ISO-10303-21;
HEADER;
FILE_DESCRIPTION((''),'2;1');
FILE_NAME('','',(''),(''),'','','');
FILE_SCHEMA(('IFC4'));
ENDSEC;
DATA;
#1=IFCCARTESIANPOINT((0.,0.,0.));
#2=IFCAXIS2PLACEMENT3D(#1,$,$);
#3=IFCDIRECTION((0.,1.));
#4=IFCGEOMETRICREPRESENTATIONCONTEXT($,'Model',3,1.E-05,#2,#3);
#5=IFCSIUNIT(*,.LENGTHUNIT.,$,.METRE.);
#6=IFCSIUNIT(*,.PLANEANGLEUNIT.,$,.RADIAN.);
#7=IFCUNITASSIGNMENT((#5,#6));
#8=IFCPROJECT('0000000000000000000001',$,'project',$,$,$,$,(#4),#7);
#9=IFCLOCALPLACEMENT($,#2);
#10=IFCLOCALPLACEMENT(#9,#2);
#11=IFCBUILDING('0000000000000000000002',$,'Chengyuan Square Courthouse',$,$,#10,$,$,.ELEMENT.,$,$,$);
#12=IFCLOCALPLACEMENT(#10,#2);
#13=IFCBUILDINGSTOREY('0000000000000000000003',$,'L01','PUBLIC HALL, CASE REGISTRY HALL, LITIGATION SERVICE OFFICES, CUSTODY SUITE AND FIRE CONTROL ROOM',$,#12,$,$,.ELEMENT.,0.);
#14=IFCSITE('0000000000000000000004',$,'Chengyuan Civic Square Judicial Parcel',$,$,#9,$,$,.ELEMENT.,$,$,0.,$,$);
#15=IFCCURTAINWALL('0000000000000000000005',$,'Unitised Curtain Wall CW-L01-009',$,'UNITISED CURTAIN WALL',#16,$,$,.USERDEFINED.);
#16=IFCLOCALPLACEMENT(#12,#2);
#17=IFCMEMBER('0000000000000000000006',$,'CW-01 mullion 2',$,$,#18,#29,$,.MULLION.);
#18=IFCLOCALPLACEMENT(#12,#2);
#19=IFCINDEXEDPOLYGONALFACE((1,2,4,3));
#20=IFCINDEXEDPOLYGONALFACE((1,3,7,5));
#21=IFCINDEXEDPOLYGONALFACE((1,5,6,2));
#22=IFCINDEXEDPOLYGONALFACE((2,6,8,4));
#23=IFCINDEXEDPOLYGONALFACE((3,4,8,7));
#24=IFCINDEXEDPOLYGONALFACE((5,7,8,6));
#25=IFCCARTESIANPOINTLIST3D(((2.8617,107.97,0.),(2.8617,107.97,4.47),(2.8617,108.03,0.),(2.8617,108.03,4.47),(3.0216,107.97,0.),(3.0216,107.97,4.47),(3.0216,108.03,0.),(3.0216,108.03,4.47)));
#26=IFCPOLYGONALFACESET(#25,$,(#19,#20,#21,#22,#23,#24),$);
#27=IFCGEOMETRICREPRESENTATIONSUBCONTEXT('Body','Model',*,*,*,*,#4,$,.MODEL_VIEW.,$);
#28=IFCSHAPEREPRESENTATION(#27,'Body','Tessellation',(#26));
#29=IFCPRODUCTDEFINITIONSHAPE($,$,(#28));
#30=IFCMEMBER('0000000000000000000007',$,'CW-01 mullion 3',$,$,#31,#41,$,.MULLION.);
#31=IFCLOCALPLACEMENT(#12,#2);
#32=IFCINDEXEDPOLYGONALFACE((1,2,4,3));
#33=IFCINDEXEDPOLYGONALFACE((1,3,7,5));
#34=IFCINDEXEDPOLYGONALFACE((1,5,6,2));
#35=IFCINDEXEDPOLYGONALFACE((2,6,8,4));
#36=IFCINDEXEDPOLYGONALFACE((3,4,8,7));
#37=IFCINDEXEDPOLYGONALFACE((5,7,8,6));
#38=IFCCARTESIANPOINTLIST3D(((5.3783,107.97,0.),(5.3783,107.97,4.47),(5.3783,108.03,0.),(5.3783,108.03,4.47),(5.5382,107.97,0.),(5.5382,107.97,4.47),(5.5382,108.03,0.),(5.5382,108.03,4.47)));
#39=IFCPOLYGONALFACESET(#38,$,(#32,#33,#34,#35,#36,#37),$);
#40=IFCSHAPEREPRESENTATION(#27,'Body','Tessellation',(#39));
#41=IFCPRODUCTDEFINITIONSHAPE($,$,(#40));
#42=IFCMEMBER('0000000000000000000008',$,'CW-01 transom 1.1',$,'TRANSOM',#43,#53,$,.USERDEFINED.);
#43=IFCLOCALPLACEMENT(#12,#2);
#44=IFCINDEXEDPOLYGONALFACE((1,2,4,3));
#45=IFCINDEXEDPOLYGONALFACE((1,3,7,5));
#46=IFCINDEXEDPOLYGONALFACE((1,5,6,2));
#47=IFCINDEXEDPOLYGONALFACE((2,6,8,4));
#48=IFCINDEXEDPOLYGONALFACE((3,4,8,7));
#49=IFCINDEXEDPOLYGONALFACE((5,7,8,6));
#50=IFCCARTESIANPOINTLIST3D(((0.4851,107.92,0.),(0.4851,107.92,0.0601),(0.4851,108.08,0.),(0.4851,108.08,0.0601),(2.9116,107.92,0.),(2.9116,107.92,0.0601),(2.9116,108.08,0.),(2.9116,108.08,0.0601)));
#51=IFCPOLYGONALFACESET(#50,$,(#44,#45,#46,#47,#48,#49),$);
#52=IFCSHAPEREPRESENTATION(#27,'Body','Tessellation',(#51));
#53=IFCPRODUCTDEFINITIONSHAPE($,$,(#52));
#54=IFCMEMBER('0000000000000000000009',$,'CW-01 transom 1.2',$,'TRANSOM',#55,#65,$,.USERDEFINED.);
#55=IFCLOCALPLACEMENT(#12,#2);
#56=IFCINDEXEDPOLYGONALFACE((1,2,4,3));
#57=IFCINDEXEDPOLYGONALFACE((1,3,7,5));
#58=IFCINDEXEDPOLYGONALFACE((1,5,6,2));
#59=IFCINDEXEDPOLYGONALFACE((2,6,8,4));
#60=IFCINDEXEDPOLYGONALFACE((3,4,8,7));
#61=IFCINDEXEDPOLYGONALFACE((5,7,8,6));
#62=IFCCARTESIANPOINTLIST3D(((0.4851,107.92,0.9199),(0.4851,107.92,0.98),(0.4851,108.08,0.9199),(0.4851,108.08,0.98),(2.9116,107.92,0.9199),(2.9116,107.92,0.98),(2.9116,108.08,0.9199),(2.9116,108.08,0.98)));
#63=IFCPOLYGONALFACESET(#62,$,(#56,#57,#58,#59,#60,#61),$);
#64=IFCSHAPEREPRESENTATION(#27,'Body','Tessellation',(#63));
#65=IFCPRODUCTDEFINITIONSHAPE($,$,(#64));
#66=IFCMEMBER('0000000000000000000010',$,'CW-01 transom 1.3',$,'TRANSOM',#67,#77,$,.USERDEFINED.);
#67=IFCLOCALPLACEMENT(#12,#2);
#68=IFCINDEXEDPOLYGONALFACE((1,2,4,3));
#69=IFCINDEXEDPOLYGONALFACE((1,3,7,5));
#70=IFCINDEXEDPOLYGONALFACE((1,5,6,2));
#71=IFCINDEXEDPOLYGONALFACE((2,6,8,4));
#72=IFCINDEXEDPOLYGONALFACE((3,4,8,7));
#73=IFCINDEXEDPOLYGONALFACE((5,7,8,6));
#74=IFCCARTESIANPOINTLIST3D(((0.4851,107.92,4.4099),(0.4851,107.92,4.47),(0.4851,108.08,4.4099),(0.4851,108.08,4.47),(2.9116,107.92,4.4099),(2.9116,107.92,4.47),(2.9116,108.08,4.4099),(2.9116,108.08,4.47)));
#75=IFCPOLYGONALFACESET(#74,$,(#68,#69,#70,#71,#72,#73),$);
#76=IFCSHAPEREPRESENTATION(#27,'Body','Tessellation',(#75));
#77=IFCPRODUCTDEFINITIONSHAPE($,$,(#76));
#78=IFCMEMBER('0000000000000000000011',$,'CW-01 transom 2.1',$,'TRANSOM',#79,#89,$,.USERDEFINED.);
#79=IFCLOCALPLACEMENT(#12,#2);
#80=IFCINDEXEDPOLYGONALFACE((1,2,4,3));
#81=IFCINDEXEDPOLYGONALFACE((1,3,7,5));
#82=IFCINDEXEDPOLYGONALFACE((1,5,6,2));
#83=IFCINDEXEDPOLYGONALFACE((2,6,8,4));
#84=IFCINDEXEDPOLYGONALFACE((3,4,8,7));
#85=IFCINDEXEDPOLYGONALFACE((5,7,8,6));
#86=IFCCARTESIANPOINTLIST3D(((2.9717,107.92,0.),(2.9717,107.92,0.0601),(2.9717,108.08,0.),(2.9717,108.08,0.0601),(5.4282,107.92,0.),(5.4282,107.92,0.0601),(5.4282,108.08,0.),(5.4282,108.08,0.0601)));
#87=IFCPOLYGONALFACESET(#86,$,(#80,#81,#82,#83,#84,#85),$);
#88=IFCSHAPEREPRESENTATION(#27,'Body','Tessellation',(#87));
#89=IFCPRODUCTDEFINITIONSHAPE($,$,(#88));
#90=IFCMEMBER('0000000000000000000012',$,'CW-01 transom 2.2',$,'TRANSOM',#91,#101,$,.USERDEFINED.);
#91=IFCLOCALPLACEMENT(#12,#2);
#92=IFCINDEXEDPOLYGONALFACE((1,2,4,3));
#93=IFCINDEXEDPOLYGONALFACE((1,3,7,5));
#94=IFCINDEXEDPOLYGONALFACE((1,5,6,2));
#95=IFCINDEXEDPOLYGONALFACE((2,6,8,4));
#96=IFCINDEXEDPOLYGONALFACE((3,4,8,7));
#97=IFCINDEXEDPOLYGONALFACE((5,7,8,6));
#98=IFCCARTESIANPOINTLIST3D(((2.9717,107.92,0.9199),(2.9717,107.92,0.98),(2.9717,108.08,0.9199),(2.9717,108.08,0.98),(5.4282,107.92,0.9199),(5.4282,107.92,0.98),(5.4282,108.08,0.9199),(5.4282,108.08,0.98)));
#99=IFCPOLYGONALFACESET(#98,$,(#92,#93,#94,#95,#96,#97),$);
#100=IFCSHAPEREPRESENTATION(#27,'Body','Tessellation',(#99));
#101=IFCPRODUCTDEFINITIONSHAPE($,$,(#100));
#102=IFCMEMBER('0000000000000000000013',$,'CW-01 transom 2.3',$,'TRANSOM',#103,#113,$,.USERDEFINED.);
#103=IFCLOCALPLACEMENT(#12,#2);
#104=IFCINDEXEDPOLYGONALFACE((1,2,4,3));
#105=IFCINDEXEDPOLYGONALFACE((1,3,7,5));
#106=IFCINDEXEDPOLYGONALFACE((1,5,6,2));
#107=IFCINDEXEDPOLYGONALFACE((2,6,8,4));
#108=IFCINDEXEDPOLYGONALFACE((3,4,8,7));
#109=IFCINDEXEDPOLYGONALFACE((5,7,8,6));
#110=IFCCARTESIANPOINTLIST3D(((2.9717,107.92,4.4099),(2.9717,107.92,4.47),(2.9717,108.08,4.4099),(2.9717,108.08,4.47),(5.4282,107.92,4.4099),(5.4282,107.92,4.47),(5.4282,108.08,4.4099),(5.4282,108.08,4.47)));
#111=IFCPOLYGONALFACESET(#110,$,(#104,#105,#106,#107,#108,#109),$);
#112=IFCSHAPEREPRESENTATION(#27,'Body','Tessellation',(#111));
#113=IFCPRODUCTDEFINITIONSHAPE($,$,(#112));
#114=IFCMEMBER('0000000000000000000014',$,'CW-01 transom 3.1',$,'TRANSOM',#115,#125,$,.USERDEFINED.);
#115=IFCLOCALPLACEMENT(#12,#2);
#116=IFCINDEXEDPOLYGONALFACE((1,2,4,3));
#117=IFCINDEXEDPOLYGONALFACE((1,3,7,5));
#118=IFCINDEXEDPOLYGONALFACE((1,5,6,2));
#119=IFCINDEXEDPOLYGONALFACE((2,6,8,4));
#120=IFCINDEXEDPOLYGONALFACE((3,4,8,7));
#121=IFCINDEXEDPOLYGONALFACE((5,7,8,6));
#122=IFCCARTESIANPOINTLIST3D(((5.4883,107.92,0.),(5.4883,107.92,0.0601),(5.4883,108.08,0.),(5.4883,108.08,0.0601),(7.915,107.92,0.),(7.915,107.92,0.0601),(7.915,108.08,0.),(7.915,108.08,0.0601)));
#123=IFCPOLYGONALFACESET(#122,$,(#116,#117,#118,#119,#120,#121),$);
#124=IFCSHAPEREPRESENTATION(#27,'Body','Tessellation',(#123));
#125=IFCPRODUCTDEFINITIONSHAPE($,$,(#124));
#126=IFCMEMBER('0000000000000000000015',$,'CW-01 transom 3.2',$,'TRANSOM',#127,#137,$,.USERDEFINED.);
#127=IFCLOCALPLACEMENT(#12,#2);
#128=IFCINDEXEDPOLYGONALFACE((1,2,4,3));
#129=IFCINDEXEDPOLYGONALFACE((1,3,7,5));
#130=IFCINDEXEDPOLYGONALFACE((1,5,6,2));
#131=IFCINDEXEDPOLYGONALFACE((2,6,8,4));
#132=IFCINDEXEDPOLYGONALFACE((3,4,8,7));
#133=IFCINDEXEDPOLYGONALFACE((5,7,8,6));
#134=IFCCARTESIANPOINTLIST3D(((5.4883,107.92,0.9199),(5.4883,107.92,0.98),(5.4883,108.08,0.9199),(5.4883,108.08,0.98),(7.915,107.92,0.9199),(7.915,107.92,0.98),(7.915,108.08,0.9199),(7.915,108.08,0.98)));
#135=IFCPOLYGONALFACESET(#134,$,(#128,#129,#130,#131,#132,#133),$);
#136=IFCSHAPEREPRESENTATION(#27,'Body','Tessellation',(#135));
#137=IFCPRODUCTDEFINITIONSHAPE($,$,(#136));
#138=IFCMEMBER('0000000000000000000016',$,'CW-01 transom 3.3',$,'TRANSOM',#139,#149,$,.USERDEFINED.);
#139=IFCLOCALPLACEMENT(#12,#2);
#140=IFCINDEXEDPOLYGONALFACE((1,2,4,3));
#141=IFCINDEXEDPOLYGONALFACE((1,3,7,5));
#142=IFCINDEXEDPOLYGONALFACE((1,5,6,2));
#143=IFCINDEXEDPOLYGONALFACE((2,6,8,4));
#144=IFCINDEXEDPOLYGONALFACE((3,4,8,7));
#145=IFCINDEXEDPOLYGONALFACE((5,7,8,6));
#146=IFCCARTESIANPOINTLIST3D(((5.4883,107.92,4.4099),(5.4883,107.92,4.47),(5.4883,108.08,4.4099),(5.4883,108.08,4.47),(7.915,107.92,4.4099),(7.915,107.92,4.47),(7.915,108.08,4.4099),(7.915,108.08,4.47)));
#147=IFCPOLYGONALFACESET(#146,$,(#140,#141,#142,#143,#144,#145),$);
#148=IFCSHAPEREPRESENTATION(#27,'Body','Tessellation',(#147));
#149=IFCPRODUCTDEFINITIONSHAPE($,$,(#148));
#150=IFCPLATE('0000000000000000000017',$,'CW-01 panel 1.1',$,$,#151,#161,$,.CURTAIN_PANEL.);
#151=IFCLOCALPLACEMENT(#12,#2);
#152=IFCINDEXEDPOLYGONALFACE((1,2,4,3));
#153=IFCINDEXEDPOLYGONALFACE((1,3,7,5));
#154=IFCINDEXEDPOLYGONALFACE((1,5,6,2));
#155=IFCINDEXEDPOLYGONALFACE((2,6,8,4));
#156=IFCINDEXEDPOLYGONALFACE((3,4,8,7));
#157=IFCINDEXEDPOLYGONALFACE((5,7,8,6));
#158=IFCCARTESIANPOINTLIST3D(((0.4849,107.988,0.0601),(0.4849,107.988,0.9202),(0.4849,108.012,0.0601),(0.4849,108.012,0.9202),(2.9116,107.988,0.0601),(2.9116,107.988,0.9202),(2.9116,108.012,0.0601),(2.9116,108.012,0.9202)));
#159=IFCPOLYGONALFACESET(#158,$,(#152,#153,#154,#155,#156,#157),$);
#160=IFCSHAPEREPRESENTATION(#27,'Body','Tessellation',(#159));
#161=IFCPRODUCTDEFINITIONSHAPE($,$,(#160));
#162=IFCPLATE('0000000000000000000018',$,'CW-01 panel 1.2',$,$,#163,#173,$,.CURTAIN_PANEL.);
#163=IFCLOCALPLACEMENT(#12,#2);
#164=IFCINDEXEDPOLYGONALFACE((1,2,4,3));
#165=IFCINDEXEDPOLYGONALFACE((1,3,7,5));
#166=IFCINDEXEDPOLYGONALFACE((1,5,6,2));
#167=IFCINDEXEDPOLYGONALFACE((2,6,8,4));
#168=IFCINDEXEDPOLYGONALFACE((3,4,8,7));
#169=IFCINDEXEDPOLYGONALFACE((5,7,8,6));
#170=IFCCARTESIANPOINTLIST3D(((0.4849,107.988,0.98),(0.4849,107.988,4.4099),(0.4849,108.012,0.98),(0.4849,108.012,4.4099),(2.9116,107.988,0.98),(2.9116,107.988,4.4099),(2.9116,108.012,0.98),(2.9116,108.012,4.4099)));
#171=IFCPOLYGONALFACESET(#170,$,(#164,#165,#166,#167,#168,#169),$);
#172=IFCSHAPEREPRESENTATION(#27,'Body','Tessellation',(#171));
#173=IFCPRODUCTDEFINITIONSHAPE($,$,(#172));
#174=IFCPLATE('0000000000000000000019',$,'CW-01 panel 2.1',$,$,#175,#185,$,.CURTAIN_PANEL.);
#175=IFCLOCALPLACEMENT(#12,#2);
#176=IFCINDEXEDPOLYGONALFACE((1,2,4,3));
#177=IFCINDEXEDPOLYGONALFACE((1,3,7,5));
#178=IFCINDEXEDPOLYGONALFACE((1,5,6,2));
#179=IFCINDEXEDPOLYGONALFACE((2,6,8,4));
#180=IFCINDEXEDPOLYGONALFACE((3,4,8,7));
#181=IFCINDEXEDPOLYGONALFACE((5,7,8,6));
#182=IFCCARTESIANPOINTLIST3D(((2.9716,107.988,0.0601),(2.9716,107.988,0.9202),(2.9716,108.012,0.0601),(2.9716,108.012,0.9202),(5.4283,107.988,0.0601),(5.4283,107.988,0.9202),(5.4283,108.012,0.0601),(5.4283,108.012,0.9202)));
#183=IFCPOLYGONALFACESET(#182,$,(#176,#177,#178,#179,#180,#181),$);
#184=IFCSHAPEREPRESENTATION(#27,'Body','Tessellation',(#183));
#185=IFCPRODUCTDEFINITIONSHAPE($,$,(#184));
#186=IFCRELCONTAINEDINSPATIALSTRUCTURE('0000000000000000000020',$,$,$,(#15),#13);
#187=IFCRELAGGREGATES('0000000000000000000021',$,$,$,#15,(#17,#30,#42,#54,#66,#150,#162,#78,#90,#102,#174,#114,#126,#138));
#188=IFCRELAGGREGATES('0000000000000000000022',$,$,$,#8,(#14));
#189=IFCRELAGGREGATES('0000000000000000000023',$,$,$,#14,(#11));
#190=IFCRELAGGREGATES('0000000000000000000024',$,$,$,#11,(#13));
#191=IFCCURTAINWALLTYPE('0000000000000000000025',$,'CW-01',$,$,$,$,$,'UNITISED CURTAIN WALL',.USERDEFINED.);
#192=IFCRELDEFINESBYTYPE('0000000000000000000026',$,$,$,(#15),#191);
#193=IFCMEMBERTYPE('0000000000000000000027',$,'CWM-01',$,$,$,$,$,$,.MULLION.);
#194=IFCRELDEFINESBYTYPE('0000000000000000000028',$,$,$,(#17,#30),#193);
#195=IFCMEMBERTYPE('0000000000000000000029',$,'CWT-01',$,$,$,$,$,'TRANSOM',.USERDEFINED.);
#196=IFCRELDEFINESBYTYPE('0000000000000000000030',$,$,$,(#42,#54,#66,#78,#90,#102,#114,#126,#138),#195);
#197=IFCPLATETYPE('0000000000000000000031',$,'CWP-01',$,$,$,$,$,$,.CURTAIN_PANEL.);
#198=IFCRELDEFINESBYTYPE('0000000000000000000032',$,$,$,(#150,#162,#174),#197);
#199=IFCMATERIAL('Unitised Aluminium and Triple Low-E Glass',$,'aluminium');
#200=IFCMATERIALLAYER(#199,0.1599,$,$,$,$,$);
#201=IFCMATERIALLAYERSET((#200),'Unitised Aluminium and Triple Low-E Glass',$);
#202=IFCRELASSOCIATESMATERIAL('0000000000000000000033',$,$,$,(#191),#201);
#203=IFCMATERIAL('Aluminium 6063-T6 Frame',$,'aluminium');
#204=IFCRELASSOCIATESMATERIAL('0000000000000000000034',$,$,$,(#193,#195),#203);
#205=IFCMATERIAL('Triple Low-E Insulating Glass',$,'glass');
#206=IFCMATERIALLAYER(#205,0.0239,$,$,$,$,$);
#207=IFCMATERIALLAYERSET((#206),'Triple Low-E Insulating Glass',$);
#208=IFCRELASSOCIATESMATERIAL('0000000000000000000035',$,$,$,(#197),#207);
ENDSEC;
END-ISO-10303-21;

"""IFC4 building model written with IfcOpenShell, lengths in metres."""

from ifc_helpers import new_model, si_unit, direction, frame, origin, origin_2d, place, context, subcontext, project, spatial, rectangle, extrude, material, layer, layer_set, material_profile, profile_set, type_object, element, aggregate, save


model = new_model("IFC4")

# Units and contexts
model_context = context("Model", 3, precision=1e-05, world=origin(), true_north=direction((0.0, 1.0)))
body_context = subcontext(model_context, "Body", "Model", "MODEL_VIEW")
ifc_project = project(units=[si_unit("LENGTHUNIT", "METRE"), si_unit("PLANEANGLEUNIT", "RADIAN")], contexts=[model_context])

# Site, building, storey
site_placement = place(None, origin())
site = spatial("IfcSite", under=ifc_project, at=site_placement, Name="Chengyuan Civic Square Judicial Parcel", CompositionType="ELEMENT", RefElevation=0.0)
building_placement = place(site_placement, origin())
building = spatial("IfcBuilding", under=site, at=building_placement, Name="Chengyuan Square Courthouse", CompositionType="ELEMENT")
storey_placement = place(building_placement, origin())
storey = spatial("IfcBuildingStorey", under=building, at=storey_placement, Name="L01", Description="PUBLIC HALL, CASE REGISTRY HALL, LITIGATION SERVICE OFFICES, CUSTODY SUITE AND FIRE CONTROL ROOM", CompositionType="ELEMENT", Elevation=0.0)

# Curtain wall, members, plates
ifc_material_1 = material(Name="Unitised Aluminium and Triple Low-E Glass", Category="aluminium")
ifc_layer_1 = layer(ifc_material_1, 0.1599)
ifc_layer_set_1 = layer_set([ifc_layer_1], Name="Unitised Aluminium and Triple Low-E Glass")
curtain_wall_type = type_object("IfcCurtainWallType", Name="CW-01", ElementType="UNITISED CURTAIN WALL", PredefinedType="USERDEFINED", material=ifc_layer_set_1)
curtain_wall_placement = place(storey_placement, origin())
curtain_wall = element("IfcCurtainWall", 1, at=curtain_wall_placement, inside=storey, type_object=curtain_wall_type, Name="Unitised Curtain Wall CW-L01-009", ObjectType="UNITISED CURTAIN WALL", PredefinedType="USERDEFINED")
ifc_material_2 = material(Name="Aluminium 6063-T6 Frame", Category="aluminium")
ifc_material_profile_1 = material_profile(ifc_material_2, rectangle(XDim=0.0601, YDim=0.1599, at=origin_2d()), Name="CW-MUL-60x160")
ifc_profile_set_1 = profile_set([ifc_material_profile_1], Name="Aluminium 6063-T6 Frame")
member_type_1 = type_object("IfcMemberType", Name="CWM-01", PredefinedType="MULLION", material=ifc_profile_set_1)
member_1_placement = place(storey_placement, frame((2.9417, 108.0, 0.0), z_axis=(0.0, 0.0, 1.0), x_axis=(0.0, 1.0, 0.0)))
member_1 = element("IfcMember", 2, at=member_1_placement, type_object=member_type_1, Name="CW-01 mullion 2", PredefinedType="MULLION", context=body_context, shape_type="SweptSolid", body=[
    extrude(rectangle(XDim=0.0601, YDim=0.1599, at=origin_2d()), origin(), (0.0, 0.0, 1.0), 4.47),
])
member_2_placement = place(storey_placement, frame((5.4583, 108.0, 0.0), z_axis=(0.0, 0.0, 1.0), x_axis=(0.0, 1.0, 0.0)))
member_2 = element("IfcMember", 3, at=member_2_placement, type_object=member_type_1, Name="CW-01 mullion 3", PredefinedType="MULLION", context=body_context, shape_type="SweptSolid", body=[
    extrude(rectangle(XDim=0.0601, YDim=0.1599, at=origin_2d()), origin(), (0.0, 0.0, 1.0), 4.47),
])
ifc_material_profile_2 = material_profile(ifc_material_2, rectangle(XDim=0.1599, YDim=0.0601, at=origin_2d()), Name="CW-TRN-60x120")
ifc_profile_set_2 = profile_set([ifc_material_profile_2], Name="Aluminium 6063-T6 Frame")
member_type_2 = type_object("IfcMemberType", Name="CWT-01", ElementType="TRANSOM", PredefinedType="USERDEFINED", material=ifc_profile_set_2)
member_3_placement = place(storey_placement, frame((0.4851, 108.0, 0.03), z_axis=(1.0, 0.0, 0.0), x_axis=(0.0, 1.0, 0.0)))
member_3 = element("IfcMember", 4, at=member_3_placement, type_object=member_type_2, Name="CW-01 transom 1.1", ObjectType="TRANSOM", PredefinedType="USERDEFINED", context=body_context, shape_type="SweptSolid", body=[
    extrude(rectangle(XDim=0.1599, YDim=0.0601, at=origin_2d()), origin(), (0.0, 0.0, 1.0), 2.4265),
])
member_4_placement = place(storey_placement, frame((0.4851, 108.0, 0.95), z_axis=(1.0, 0.0, 0.0), x_axis=(0.0, 1.0, 0.0)))
member_4 = element("IfcMember", 5, at=member_4_placement, type_object=member_type_2, Name="CW-01 transom 1.2", ObjectType="TRANSOM", PredefinedType="USERDEFINED", context=body_context, shape_type="SweptSolid", body=[
    extrude(rectangle(XDim=0.1599, YDim=0.0601, at=origin_2d()), origin(), (0.0, 0.0, 1.0), 2.4265),
])
member_5_placement = place(storey_placement, frame((0.4851, 108.0, 4.4399), z_axis=(1.0, 0.0, 0.0), x_axis=(0.0, 1.0, 0.0)))
member_5 = element("IfcMember", 6, at=member_5_placement, type_object=member_type_2, Name="CW-01 transom 1.3", ObjectType="TRANSOM", PredefinedType="USERDEFINED", context=body_context, shape_type="SweptSolid", body=[
    extrude(rectangle(XDim=0.1599, YDim=0.0601, at=origin_2d()), origin(), (0.0, 0.0, 1.0), 2.4265),
])
member_6_placement = place(storey_placement, frame((2.9717, 108.0, 0.03), z_axis=(1.0, 0.0, 0.0), x_axis=(0.0, 1.0, 0.0)))
member_6 = element("IfcMember", 7, at=member_6_placement, type_object=member_type_2, Name="CW-01 transom 2.1", ObjectType="TRANSOM", PredefinedType="USERDEFINED", context=body_context, shape_type="SweptSolid", body=[
    extrude(rectangle(XDim=0.1599, YDim=0.0601, at=origin_2d()), origin(), (0.0, 0.0, 1.0), 2.4565),
])
member_7_placement = place(storey_placement, frame((2.9717, 108.0, 0.95), z_axis=(1.0, 0.0, 0.0), x_axis=(0.0, 1.0, 0.0)))
member_7 = element("IfcMember", 8, at=member_7_placement, type_object=member_type_2, Name="CW-01 transom 2.2", ObjectType="TRANSOM", PredefinedType="USERDEFINED", context=body_context, shape_type="SweptSolid", body=[
    extrude(rectangle(XDim=0.1599, YDim=0.0601, at=origin_2d()), origin(), (0.0, 0.0, 1.0), 2.4565),
])
member_8_placement = place(storey_placement, frame((2.9717, 108.0, 4.4399), z_axis=(1.0, 0.0, 0.0), x_axis=(0.0, 1.0, 0.0)))
member_8 = element("IfcMember", 9, at=member_8_placement, type_object=member_type_2, Name="CW-01 transom 2.3", ObjectType="TRANSOM", PredefinedType="USERDEFINED", context=body_context, shape_type="SweptSolid", body=[
    extrude(rectangle(XDim=0.1599, YDim=0.0601, at=origin_2d()), origin(), (0.0, 0.0, 1.0), 2.4565),
])
member_9_placement = place(storey_placement, frame((5.4883, 108.0, 0.03), z_axis=(1.0, 0.0, 0.0), x_axis=(0.0, 1.0, 0.0)))
member_9 = element("IfcMember", 10, at=member_9_placement, type_object=member_type_2, Name="CW-01 transom 3.1", ObjectType="TRANSOM", PredefinedType="USERDEFINED", context=body_context, shape_type="SweptSolid", body=[
    extrude(rectangle(XDim=0.1599, YDim=0.0601, at=origin_2d()), origin(), (0.0, 0.0, 1.0), 2.4268),
])
member_10_placement = place(storey_placement, frame((5.4883, 108.0, 0.95), z_axis=(1.0, 0.0, 0.0), x_axis=(0.0, 1.0, 0.0)))
member_10 = element("IfcMember", 11, at=member_10_placement, type_object=member_type_2, Name="CW-01 transom 3.2", ObjectType="TRANSOM", PredefinedType="USERDEFINED", context=body_context, shape_type="SweptSolid", body=[
    extrude(rectangle(XDim=0.1599, YDim=0.0601, at=origin_2d()), origin(), (0.0, 0.0, 1.0), 2.4268),
])
member_11_placement = place(storey_placement, frame((5.4883, 108.0, 4.4399), z_axis=(1.0, 0.0, 0.0), x_axis=(0.0, 1.0, 0.0)))
member_11 = element("IfcMember", 12, at=member_11_placement, type_object=member_type_2, Name="CW-01 transom 3.3", ObjectType="TRANSOM", PredefinedType="USERDEFINED", context=body_context, shape_type="SweptSolid", body=[
    extrude(rectangle(XDim=0.1599, YDim=0.0601, at=origin_2d()), origin(), (0.0, 0.0, 1.0), 2.4268),
])
ifc_material_3 = material(Name="Triple Low-E Insulating Glass", Category="glass")
ifc_layer_2 = layer(ifc_material_3, 0.0239)
ifc_layer_set_2 = layer_set([ifc_layer_2], Name="Triple Low-E Insulating Glass")
plate_type = type_object("IfcPlateType", Name="CWP-01", PredefinedType="CURTAIN_PANEL", material=ifc_layer_set_2)
plate_1_placement = place(storey_placement, frame((1.6982, 108.0, 0.0601), z_axis=(0.0, 0.0, 1.0), x_axis=(1.0, 0.0, 0.0)))
plate_1 = element("IfcPlate", 13, at=plate_1_placement, type_object=plate_type, Name="CW-01 panel 1.1", PredefinedType="CURTAIN_PANEL", context=body_context, shape_type="SweptSolid", body=[
    extrude(rectangle(XDim=2.4268, YDim=0.0239, at=origin_2d()), origin(), (0.0, 0.0, 1.0), 0.8601),
])
plate_2_placement = place(storey_placement, frame((1.6982, 108.0, 0.98), z_axis=(0.0, 0.0, 1.0), x_axis=(1.0, 0.0, 0.0)))
plate_2 = element("IfcPlate", 14, at=plate_2_placement, type_object=plate_type, Name="CW-01 panel 1.2", PredefinedType="CURTAIN_PANEL", context=body_context, shape_type="SweptSolid", body=[
    extrude(rectangle(XDim=2.4268, YDim=0.0239, at=origin_2d()), origin(), (0.0, 0.0, 1.0), 3.4299),
])
plate_3_placement = place(storey_placement, frame((4.2, 108.0, 0.0601), z_axis=(0.0, 0.0, 1.0), x_axis=(1.0, 0.0, 0.0)))
plate_3 = element("IfcPlate", 15, at=plate_3_placement, type_object=plate_type, Name="CW-01 panel 2.1", PredefinedType="CURTAIN_PANEL", context=body_context, shape_type="SweptSolid", body=[
    extrude(rectangle(XDim=2.4568, YDim=0.0239, at=origin_2d()), origin(), (0.0, 0.0, 1.0), 0.8601),
])
aggregate(curtain_wall, [member_1, member_2, member_3, member_4, member_5, plate_1, plate_2, member_6, member_7, member_8, plate_3, member_9, member_10, member_11])

save(model, "model.ifc")
